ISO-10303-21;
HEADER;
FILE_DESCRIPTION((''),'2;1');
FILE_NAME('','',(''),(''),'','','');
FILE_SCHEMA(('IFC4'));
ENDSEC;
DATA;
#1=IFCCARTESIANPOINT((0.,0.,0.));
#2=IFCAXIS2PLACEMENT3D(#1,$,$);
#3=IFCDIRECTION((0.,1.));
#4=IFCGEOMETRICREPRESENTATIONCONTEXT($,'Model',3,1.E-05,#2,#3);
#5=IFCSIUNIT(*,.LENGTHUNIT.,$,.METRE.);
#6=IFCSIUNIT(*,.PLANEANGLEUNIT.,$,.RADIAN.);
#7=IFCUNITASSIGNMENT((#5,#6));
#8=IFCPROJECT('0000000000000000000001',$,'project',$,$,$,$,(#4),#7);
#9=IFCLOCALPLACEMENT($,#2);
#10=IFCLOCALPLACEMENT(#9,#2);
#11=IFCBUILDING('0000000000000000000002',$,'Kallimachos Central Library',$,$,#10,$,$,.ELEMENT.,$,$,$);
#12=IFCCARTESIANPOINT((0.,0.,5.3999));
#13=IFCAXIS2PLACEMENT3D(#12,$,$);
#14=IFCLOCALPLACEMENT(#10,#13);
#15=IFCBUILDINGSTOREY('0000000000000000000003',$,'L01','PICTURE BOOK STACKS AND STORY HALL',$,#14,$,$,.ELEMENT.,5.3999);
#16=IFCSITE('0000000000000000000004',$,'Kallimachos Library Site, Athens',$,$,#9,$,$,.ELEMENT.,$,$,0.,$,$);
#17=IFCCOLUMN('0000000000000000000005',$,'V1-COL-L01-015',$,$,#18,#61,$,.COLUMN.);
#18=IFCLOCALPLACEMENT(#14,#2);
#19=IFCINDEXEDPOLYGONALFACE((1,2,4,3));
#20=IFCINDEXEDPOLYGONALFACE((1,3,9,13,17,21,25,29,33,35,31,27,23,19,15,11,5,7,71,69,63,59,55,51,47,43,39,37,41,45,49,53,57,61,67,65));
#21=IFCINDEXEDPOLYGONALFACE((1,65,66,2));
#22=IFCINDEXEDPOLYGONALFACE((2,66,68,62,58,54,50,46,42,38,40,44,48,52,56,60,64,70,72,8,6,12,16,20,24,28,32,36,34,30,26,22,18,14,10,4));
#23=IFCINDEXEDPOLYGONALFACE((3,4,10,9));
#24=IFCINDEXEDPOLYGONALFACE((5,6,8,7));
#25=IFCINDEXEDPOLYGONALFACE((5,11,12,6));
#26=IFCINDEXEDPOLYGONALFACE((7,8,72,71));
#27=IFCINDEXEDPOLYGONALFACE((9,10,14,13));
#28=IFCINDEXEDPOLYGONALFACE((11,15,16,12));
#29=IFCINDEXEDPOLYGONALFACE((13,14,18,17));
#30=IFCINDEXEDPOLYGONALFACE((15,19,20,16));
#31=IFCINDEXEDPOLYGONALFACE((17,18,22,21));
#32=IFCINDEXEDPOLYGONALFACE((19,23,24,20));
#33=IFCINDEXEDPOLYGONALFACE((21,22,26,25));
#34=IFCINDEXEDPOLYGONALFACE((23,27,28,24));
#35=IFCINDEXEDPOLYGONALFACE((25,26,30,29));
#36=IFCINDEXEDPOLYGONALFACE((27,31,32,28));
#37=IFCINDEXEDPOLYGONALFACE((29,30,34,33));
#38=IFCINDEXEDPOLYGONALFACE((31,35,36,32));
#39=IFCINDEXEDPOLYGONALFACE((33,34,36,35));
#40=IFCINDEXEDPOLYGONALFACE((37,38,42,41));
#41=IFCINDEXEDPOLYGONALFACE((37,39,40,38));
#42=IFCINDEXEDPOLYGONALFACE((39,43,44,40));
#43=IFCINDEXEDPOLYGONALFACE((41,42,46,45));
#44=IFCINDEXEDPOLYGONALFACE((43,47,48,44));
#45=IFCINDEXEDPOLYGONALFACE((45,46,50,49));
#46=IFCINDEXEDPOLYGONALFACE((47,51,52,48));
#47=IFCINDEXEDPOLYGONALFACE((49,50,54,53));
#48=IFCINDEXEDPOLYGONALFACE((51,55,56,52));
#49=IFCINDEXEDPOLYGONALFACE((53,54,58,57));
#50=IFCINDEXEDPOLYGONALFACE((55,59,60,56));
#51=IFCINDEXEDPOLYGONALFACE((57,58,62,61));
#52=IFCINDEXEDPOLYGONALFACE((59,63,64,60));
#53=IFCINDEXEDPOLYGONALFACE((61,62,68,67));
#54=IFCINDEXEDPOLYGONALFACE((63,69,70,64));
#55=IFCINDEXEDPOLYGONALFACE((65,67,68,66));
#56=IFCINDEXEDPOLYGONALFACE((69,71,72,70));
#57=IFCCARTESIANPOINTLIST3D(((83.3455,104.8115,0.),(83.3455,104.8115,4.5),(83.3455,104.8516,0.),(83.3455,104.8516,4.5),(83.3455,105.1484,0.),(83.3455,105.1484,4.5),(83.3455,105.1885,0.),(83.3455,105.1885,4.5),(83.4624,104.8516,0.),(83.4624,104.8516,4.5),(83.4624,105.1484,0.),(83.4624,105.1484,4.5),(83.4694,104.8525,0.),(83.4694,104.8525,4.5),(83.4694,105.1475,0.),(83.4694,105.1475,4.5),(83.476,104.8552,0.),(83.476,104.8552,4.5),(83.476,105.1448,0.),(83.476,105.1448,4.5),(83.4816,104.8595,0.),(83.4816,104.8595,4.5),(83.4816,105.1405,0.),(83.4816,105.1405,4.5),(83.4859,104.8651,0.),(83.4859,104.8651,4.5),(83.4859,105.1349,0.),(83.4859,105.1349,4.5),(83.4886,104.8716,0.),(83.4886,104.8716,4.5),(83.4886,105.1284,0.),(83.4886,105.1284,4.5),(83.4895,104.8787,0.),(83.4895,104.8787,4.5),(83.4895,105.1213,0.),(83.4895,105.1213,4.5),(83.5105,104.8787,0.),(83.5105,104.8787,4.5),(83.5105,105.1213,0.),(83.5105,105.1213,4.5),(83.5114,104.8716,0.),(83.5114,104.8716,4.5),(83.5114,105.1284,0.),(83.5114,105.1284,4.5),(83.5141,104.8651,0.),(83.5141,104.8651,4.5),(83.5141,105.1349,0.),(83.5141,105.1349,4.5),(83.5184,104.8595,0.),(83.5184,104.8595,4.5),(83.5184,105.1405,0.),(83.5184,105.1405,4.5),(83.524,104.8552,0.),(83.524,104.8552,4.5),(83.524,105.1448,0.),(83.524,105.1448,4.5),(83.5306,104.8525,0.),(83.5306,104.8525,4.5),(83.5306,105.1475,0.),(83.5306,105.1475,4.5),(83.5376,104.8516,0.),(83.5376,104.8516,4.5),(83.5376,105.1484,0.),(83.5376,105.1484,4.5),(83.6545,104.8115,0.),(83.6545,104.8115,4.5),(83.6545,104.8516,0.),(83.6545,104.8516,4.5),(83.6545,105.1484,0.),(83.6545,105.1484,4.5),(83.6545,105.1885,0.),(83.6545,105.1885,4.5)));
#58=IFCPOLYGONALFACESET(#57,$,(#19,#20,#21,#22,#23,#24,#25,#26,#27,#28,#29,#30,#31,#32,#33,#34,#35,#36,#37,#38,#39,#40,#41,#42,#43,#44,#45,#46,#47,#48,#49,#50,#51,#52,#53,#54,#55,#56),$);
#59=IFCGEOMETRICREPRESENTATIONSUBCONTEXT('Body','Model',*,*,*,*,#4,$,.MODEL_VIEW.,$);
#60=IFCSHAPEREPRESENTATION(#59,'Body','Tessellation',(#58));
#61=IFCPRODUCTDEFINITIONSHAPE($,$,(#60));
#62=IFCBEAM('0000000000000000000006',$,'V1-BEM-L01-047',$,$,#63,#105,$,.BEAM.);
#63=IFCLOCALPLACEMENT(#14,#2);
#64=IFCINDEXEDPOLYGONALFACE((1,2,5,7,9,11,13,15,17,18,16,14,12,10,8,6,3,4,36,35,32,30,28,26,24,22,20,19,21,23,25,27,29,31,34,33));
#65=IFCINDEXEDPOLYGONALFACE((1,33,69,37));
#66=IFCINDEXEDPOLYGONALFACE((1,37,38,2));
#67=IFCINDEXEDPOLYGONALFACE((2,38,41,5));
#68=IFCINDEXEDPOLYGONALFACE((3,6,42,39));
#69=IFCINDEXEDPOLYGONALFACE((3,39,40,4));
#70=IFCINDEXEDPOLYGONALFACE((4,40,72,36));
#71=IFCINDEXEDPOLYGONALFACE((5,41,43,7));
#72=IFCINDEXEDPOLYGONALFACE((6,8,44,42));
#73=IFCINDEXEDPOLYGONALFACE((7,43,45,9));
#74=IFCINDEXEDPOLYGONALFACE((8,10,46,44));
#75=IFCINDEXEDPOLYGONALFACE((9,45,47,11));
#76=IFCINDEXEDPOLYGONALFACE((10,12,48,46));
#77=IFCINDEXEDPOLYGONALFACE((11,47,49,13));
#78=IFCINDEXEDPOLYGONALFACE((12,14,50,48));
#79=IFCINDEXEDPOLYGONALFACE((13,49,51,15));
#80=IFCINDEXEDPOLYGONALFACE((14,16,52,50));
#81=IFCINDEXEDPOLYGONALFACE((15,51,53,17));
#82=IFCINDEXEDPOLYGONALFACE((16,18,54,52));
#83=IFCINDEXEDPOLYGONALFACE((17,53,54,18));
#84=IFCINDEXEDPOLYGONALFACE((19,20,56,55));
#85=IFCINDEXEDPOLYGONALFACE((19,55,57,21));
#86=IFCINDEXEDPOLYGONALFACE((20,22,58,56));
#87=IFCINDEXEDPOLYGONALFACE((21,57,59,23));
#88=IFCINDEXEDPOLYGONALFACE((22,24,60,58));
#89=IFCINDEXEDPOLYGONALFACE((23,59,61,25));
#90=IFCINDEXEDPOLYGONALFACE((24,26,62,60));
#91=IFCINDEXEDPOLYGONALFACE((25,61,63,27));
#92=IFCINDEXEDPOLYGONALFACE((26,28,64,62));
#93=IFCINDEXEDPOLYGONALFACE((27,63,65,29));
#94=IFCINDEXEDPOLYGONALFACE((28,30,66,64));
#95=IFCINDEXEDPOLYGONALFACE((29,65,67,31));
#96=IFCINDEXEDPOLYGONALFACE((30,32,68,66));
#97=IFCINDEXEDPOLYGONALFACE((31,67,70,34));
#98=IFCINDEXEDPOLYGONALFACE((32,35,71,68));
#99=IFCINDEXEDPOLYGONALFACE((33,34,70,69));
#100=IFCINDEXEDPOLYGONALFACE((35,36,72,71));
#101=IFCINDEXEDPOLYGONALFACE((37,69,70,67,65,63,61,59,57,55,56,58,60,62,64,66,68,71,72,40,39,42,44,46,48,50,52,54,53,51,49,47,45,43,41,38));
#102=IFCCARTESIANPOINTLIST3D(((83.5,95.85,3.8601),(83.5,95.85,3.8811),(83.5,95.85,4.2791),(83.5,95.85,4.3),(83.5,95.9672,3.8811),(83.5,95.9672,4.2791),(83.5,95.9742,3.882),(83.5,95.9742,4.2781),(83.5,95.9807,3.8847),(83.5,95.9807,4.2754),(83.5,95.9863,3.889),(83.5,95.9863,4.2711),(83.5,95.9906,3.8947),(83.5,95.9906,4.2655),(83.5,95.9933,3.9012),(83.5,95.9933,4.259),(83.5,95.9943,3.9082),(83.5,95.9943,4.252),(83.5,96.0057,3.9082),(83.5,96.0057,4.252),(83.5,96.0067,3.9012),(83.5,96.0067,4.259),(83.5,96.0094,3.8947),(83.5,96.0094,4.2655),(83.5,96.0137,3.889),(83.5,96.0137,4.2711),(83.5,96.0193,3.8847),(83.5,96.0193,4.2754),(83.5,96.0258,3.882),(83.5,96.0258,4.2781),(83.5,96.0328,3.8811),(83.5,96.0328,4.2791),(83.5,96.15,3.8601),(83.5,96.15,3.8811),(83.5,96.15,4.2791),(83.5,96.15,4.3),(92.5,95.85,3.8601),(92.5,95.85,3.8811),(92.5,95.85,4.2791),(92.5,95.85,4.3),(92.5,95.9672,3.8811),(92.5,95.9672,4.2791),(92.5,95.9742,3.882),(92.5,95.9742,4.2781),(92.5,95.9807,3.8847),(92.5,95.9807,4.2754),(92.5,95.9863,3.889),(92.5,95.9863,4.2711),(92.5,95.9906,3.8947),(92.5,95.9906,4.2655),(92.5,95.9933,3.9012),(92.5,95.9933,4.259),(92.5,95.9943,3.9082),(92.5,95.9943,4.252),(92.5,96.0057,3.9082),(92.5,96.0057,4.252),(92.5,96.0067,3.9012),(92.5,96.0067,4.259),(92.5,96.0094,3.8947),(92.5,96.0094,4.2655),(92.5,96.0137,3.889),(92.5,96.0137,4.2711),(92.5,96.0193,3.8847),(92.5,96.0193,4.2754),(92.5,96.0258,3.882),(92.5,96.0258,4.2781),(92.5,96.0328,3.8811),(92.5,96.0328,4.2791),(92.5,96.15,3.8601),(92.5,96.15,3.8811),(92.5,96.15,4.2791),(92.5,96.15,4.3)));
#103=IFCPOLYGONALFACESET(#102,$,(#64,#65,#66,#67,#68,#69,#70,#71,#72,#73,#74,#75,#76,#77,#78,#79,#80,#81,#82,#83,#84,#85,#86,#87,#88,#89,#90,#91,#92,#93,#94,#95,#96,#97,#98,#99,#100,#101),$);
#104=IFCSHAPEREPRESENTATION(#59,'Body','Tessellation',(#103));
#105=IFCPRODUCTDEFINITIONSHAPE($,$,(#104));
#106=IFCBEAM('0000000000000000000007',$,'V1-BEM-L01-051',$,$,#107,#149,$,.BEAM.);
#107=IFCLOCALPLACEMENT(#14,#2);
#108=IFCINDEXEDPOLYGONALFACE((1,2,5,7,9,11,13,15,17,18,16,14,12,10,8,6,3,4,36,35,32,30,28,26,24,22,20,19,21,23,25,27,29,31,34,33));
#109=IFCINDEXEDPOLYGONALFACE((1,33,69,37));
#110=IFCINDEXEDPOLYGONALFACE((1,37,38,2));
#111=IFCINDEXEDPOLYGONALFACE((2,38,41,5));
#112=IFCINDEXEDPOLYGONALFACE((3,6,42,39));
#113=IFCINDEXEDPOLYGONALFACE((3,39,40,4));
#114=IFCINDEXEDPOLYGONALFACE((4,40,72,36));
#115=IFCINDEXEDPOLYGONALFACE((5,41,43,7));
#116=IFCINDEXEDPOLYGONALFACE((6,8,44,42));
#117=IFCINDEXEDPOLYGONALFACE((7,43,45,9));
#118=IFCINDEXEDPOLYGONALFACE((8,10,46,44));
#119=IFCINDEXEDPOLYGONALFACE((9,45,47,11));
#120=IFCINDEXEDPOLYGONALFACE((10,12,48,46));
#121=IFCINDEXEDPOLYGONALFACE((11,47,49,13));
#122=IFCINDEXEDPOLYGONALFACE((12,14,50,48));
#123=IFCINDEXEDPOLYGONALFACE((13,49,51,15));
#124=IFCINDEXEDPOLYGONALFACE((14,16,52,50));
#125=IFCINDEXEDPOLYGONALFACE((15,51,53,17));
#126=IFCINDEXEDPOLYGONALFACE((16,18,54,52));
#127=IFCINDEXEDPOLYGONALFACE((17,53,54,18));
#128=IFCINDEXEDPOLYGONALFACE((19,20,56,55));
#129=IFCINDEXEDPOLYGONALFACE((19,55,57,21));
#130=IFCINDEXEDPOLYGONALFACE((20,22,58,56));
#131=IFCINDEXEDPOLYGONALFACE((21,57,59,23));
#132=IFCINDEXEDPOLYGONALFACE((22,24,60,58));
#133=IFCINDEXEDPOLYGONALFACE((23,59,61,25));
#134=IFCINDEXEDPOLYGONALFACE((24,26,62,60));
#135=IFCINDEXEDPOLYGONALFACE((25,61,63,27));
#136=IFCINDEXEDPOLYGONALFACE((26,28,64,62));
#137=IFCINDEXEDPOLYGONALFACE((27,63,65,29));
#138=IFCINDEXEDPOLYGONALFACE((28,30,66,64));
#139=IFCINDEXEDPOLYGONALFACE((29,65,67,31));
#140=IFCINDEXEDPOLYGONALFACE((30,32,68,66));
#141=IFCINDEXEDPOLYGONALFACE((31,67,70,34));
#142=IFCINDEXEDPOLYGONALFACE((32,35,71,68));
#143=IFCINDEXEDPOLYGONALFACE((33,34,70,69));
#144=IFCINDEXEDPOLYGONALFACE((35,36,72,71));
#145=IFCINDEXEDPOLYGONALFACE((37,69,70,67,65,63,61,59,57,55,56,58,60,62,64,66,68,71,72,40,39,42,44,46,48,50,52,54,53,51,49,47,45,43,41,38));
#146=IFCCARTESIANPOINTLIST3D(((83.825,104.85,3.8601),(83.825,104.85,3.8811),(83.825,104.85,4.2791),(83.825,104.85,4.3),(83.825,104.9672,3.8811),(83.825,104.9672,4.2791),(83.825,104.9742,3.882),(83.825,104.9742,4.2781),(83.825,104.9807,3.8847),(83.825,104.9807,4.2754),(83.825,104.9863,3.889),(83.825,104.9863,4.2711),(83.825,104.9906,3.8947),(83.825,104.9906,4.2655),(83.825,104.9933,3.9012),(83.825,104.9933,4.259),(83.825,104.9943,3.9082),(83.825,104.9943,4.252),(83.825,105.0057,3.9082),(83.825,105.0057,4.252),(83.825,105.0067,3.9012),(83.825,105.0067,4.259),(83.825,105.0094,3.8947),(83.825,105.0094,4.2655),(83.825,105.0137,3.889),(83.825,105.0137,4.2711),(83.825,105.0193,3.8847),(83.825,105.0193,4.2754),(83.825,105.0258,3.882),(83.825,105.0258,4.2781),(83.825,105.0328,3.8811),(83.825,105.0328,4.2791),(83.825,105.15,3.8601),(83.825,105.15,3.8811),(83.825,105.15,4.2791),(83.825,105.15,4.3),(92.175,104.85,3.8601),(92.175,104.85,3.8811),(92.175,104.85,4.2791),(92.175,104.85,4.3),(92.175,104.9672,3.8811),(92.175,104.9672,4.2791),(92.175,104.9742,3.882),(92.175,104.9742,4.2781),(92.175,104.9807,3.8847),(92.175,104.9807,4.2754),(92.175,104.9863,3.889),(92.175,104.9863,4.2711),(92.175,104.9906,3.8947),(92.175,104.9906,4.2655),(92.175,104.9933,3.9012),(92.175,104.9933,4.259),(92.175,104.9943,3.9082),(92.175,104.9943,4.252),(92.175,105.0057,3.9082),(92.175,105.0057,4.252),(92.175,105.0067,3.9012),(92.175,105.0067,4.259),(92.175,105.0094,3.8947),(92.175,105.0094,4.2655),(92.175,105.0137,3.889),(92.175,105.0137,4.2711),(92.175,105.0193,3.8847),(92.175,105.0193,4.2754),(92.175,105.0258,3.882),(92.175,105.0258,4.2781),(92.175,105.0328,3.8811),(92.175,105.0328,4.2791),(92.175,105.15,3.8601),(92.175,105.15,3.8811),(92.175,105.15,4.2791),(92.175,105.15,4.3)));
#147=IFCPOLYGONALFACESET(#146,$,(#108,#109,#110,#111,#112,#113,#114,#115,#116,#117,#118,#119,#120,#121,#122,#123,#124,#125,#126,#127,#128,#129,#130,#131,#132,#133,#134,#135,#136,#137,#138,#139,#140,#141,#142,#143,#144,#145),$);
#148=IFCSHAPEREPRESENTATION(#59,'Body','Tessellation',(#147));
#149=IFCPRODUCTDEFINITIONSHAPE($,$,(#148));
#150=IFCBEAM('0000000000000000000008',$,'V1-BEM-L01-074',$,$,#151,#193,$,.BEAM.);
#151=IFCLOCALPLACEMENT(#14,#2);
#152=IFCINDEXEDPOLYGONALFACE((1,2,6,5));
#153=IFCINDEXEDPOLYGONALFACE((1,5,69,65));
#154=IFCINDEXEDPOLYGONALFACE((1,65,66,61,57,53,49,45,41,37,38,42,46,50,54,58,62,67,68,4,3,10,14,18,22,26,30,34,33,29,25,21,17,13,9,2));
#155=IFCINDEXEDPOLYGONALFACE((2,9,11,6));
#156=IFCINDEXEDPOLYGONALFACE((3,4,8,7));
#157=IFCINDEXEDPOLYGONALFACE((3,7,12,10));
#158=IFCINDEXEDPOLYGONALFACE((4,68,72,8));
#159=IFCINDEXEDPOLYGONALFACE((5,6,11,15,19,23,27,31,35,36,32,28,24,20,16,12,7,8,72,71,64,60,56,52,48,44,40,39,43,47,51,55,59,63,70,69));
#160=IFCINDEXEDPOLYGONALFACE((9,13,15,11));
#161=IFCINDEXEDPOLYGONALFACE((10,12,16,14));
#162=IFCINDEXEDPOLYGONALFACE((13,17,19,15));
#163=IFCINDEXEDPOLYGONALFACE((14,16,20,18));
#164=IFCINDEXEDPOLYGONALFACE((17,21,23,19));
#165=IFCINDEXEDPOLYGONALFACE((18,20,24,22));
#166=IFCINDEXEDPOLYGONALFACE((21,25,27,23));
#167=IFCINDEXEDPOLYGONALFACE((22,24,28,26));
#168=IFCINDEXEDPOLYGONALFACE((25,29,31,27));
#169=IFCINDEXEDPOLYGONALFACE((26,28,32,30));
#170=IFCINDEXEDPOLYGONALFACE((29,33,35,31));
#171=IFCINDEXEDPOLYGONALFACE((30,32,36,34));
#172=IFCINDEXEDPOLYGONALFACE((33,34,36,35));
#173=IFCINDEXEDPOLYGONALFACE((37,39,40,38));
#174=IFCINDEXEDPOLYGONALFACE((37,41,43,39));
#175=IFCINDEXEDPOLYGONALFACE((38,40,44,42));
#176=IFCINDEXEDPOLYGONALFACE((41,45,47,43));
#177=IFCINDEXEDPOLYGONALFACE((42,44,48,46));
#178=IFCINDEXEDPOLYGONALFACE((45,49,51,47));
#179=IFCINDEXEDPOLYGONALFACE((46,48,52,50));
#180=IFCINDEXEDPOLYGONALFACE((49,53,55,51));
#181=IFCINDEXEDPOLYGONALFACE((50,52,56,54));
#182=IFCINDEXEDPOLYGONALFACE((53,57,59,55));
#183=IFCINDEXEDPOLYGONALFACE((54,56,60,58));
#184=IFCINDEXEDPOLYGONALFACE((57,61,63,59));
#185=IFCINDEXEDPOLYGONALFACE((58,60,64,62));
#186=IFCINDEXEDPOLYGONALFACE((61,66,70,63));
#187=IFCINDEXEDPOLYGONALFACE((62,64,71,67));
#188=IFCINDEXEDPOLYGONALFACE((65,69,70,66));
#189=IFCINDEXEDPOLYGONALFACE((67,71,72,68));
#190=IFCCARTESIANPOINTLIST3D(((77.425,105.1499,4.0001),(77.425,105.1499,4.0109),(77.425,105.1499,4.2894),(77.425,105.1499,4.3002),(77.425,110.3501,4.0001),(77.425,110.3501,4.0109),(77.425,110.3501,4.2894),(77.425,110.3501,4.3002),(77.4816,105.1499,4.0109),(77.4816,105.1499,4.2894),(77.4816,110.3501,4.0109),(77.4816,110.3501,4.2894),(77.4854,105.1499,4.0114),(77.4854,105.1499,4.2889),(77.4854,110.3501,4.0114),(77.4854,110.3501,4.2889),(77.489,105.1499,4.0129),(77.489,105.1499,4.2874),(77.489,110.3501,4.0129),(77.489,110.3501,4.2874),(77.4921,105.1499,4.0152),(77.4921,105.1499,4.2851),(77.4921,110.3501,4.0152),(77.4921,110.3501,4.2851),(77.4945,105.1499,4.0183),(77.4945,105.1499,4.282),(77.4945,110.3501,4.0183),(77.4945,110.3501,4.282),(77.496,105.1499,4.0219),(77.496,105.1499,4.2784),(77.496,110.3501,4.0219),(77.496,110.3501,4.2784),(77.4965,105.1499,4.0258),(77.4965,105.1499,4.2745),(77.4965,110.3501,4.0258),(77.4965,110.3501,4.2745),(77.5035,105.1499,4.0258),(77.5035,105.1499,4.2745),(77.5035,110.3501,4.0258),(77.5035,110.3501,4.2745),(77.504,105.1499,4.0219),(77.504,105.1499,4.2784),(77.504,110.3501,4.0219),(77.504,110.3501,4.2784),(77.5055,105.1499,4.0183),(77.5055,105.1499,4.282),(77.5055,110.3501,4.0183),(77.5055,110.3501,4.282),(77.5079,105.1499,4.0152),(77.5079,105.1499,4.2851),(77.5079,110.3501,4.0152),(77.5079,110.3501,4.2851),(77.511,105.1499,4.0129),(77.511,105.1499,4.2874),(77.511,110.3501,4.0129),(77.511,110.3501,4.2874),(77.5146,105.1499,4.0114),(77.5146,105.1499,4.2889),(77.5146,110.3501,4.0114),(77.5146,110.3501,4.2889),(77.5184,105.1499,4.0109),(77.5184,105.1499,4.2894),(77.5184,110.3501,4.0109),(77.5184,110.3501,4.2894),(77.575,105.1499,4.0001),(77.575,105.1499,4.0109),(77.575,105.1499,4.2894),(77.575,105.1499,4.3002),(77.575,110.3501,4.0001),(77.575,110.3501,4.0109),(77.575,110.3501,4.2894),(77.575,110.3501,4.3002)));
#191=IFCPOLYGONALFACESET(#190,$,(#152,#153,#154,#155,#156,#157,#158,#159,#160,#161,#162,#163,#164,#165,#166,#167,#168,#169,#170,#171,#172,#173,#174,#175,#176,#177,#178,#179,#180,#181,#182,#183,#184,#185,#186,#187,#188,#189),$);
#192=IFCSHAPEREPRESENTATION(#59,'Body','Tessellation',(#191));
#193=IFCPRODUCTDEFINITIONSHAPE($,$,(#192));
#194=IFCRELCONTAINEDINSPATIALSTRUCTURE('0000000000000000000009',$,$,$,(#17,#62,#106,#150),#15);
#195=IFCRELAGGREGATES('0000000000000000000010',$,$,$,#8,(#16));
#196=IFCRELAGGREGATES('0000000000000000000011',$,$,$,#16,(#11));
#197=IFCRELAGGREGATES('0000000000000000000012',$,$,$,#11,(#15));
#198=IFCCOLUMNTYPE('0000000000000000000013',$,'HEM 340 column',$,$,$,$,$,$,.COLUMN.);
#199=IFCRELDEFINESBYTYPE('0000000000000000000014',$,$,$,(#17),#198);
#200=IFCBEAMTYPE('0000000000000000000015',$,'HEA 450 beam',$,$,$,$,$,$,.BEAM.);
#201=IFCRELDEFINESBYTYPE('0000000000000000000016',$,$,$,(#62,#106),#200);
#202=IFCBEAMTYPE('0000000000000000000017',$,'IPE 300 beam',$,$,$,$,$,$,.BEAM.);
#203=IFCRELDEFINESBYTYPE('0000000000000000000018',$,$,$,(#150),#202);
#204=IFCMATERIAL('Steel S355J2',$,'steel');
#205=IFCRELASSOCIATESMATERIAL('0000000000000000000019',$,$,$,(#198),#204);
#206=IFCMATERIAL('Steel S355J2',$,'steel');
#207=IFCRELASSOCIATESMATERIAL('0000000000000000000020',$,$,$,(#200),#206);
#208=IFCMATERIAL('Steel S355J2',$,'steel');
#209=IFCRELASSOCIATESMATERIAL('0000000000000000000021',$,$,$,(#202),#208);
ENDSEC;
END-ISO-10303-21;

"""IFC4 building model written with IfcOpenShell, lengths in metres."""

from ifc_helpers import new_model, si_unit, direction, frame, origin, origin_2d, place, context, subcontext, project, spatial, i_section, extrude, material, material_profile, profile_set, type_object, element, save


model = new_model("IFC4")

# Units and contexts
model_context = context("Model", 3, precision=1e-05, world=origin(), true_north=direction((0.0, 1.0)))
body_context = subcontext(model_context, "Body", "Model", "MODEL_VIEW")
ifc_project = project(units=[si_unit("LENGTHUNIT", "METRE"), si_unit("PLANEANGLEUNIT", "RADIAN")], contexts=[model_context])

# Site, building, storey
site_placement = place(None, origin())
site = spatial("IfcSite", under=ifc_project, at=site_placement, Name="Kallimachos Library Site, Athens", CompositionType="ELEMENT", RefElevation=0.0)
building_placement = place(site_placement, origin())
building = spatial("IfcBuilding", under=site, at=building_placement, Name="Kallimachos Central Library", CompositionType="ELEMENT")
storey_placement = place(building_placement, frame((0.0, 0.0, 5.3999)))
storey = spatial("IfcBuildingStorey", under=building, at=storey_placement, Name="L01", Description="PICTURE BOOK STACKS AND STORY HALL", CompositionType="ELEMENT", Elevation=5.3999)

# Column
ifc_material_1 = material(Name="Steel S355J2", Category="steel")
ifc_material_profile_1 = material_profile(ifc_material_1, i_section(OverallWidth=0.3091, OverallDepth=0.377, WebThickness=0.021, FlangeThickness=0.04, FilletRadius=0.0271, at=origin_2d()), Name="HEM 340")
ifc_profile_set_1 = profile_set([ifc_material_profile_1], Name="Steel S355J2")
column_type = type_object("IfcColumnType", Name="HEM 340 column", PredefinedType="COLUMN", material=ifc_profile_set_1)
column_placement = place(storey_placement, frame((83.5, 105.0, 0.0), z_axis=(0.0, 0.0, 1.0), x_axis=(1.0, 0.0, 0.0)))
element("IfcColumn", 1, at=column_placement, inside=storey, type_object=column_type, Name="V1-COL-L01-015", PredefinedType="COLUMN", context=body_context, shape_type="SweptSolid", body=[
    extrude(i_section(OverallWidth=0.3091, OverallDepth=0.377, WebThickness=0.021, FlangeThickness=0.04, FilletRadius=0.0271, at=origin_2d()), origin(), (0.0, 0.0, 1.0), 4.5),
])

# Beams
ifc_material_2 = material(Name="Steel S355J2", Category="steel")
ifc_material_profile_2 = material_profile(ifc_material_2, i_section(OverallWidth=0.3, OverallDepth=0.4399, WebThickness=0.0115, FlangeThickness=0.021, FilletRadius=0.0271, at=origin_2d()), Name="HEA 450")
ifc_profile_set_2 = profile_set([ifc_material_profile_2], Name="Steel S355J2")
beam_type_1 = type_object("IfcBeamType", Name="HEA 450 beam", PredefinedType="BEAM", material=ifc_profile_set_2)
beam_1_placement = place(storey_placement, frame((83.5, 96.0, 4.0801), z_axis=(1.0, 0.0, 0.0), x_axis=(0.0, 1.0, 0.0)))
element("IfcBeam", 2, at=beam_1_placement, inside=storey, type_object=beam_type_1, Name="V1-BEM-L01-047", PredefinedType="BEAM", context=body_context, shape_type="SweptSolid", body=[
    extrude(i_section(OverallWidth=0.3, OverallDepth=0.4399, WebThickness=0.0115, FlangeThickness=0.021, FilletRadius=0.0271, at=origin_2d()), origin(), (0.0, 0.0, 1.0), 9.0),
])
beam_2_placement = place(storey_placement, frame((83.825, 105.0, 4.0801), z_axis=(1.0, 0.0, 0.0), x_axis=(0.0, 1.0, 0.0)))
element("IfcBeam", 3, at=beam_2_placement, inside=storey, type_object=beam_type_1, Name="V1-BEM-L01-051", PredefinedType="BEAM", context=body_context, shape_type="SweptSolid", body=[
    extrude(i_section(OverallWidth=0.3, OverallDepth=0.4399, WebThickness=0.0115, FlangeThickness=0.021, FilletRadius=0.0271, at=origin_2d()), origin(), (0.0, 0.0, 1.0), 8.3501),
])
ifc_material_3 = material(Name="Steel S355J2", Category="steel")
ifc_material_profile_3 = material_profile(ifc_material_3, i_section(OverallWidth=0.1499, OverallDepth=0.3, WebThickness=0.0071, FlangeThickness=0.0107, FilletRadius=0.0149, at=origin_2d()), Name="IPE 300")
ifc_profile_set_3 = profile_set([ifc_material_profile_3], Name="Steel S355J2")
beam_type_2 = type_object("IfcBeamType", Name="IPE 300 beam", PredefinedType="BEAM", material=ifc_profile_set_3)
for number, where, z_axis, x_axis, name in (
    (4, (77.5, 105.1499, 4.1501), (0.0, 1.0, 0.0), (-1.0, 0.0, 0.0), "V1-BEM-L01-074"),
):
    element("IfcBeam", number, at=place(storey_placement, frame(where, z_axis=z_axis, x_axis=x_axis)), inside=storey, type_object=beam_type_2, Name=name, PredefinedType="BEAM", context=body_context, shape_type="SweptSolid", body=[
        extrude(i_section(OverallWidth=0.1499, OverallDepth=0.3, WebThickness=0.0071, FlangeThickness=0.0107, FilletRadius=0.0149, at=origin_2d()), origin(), (0.0, 0.0, 1.0), 5.2002),
    ])

save(model, "model.ifc")
